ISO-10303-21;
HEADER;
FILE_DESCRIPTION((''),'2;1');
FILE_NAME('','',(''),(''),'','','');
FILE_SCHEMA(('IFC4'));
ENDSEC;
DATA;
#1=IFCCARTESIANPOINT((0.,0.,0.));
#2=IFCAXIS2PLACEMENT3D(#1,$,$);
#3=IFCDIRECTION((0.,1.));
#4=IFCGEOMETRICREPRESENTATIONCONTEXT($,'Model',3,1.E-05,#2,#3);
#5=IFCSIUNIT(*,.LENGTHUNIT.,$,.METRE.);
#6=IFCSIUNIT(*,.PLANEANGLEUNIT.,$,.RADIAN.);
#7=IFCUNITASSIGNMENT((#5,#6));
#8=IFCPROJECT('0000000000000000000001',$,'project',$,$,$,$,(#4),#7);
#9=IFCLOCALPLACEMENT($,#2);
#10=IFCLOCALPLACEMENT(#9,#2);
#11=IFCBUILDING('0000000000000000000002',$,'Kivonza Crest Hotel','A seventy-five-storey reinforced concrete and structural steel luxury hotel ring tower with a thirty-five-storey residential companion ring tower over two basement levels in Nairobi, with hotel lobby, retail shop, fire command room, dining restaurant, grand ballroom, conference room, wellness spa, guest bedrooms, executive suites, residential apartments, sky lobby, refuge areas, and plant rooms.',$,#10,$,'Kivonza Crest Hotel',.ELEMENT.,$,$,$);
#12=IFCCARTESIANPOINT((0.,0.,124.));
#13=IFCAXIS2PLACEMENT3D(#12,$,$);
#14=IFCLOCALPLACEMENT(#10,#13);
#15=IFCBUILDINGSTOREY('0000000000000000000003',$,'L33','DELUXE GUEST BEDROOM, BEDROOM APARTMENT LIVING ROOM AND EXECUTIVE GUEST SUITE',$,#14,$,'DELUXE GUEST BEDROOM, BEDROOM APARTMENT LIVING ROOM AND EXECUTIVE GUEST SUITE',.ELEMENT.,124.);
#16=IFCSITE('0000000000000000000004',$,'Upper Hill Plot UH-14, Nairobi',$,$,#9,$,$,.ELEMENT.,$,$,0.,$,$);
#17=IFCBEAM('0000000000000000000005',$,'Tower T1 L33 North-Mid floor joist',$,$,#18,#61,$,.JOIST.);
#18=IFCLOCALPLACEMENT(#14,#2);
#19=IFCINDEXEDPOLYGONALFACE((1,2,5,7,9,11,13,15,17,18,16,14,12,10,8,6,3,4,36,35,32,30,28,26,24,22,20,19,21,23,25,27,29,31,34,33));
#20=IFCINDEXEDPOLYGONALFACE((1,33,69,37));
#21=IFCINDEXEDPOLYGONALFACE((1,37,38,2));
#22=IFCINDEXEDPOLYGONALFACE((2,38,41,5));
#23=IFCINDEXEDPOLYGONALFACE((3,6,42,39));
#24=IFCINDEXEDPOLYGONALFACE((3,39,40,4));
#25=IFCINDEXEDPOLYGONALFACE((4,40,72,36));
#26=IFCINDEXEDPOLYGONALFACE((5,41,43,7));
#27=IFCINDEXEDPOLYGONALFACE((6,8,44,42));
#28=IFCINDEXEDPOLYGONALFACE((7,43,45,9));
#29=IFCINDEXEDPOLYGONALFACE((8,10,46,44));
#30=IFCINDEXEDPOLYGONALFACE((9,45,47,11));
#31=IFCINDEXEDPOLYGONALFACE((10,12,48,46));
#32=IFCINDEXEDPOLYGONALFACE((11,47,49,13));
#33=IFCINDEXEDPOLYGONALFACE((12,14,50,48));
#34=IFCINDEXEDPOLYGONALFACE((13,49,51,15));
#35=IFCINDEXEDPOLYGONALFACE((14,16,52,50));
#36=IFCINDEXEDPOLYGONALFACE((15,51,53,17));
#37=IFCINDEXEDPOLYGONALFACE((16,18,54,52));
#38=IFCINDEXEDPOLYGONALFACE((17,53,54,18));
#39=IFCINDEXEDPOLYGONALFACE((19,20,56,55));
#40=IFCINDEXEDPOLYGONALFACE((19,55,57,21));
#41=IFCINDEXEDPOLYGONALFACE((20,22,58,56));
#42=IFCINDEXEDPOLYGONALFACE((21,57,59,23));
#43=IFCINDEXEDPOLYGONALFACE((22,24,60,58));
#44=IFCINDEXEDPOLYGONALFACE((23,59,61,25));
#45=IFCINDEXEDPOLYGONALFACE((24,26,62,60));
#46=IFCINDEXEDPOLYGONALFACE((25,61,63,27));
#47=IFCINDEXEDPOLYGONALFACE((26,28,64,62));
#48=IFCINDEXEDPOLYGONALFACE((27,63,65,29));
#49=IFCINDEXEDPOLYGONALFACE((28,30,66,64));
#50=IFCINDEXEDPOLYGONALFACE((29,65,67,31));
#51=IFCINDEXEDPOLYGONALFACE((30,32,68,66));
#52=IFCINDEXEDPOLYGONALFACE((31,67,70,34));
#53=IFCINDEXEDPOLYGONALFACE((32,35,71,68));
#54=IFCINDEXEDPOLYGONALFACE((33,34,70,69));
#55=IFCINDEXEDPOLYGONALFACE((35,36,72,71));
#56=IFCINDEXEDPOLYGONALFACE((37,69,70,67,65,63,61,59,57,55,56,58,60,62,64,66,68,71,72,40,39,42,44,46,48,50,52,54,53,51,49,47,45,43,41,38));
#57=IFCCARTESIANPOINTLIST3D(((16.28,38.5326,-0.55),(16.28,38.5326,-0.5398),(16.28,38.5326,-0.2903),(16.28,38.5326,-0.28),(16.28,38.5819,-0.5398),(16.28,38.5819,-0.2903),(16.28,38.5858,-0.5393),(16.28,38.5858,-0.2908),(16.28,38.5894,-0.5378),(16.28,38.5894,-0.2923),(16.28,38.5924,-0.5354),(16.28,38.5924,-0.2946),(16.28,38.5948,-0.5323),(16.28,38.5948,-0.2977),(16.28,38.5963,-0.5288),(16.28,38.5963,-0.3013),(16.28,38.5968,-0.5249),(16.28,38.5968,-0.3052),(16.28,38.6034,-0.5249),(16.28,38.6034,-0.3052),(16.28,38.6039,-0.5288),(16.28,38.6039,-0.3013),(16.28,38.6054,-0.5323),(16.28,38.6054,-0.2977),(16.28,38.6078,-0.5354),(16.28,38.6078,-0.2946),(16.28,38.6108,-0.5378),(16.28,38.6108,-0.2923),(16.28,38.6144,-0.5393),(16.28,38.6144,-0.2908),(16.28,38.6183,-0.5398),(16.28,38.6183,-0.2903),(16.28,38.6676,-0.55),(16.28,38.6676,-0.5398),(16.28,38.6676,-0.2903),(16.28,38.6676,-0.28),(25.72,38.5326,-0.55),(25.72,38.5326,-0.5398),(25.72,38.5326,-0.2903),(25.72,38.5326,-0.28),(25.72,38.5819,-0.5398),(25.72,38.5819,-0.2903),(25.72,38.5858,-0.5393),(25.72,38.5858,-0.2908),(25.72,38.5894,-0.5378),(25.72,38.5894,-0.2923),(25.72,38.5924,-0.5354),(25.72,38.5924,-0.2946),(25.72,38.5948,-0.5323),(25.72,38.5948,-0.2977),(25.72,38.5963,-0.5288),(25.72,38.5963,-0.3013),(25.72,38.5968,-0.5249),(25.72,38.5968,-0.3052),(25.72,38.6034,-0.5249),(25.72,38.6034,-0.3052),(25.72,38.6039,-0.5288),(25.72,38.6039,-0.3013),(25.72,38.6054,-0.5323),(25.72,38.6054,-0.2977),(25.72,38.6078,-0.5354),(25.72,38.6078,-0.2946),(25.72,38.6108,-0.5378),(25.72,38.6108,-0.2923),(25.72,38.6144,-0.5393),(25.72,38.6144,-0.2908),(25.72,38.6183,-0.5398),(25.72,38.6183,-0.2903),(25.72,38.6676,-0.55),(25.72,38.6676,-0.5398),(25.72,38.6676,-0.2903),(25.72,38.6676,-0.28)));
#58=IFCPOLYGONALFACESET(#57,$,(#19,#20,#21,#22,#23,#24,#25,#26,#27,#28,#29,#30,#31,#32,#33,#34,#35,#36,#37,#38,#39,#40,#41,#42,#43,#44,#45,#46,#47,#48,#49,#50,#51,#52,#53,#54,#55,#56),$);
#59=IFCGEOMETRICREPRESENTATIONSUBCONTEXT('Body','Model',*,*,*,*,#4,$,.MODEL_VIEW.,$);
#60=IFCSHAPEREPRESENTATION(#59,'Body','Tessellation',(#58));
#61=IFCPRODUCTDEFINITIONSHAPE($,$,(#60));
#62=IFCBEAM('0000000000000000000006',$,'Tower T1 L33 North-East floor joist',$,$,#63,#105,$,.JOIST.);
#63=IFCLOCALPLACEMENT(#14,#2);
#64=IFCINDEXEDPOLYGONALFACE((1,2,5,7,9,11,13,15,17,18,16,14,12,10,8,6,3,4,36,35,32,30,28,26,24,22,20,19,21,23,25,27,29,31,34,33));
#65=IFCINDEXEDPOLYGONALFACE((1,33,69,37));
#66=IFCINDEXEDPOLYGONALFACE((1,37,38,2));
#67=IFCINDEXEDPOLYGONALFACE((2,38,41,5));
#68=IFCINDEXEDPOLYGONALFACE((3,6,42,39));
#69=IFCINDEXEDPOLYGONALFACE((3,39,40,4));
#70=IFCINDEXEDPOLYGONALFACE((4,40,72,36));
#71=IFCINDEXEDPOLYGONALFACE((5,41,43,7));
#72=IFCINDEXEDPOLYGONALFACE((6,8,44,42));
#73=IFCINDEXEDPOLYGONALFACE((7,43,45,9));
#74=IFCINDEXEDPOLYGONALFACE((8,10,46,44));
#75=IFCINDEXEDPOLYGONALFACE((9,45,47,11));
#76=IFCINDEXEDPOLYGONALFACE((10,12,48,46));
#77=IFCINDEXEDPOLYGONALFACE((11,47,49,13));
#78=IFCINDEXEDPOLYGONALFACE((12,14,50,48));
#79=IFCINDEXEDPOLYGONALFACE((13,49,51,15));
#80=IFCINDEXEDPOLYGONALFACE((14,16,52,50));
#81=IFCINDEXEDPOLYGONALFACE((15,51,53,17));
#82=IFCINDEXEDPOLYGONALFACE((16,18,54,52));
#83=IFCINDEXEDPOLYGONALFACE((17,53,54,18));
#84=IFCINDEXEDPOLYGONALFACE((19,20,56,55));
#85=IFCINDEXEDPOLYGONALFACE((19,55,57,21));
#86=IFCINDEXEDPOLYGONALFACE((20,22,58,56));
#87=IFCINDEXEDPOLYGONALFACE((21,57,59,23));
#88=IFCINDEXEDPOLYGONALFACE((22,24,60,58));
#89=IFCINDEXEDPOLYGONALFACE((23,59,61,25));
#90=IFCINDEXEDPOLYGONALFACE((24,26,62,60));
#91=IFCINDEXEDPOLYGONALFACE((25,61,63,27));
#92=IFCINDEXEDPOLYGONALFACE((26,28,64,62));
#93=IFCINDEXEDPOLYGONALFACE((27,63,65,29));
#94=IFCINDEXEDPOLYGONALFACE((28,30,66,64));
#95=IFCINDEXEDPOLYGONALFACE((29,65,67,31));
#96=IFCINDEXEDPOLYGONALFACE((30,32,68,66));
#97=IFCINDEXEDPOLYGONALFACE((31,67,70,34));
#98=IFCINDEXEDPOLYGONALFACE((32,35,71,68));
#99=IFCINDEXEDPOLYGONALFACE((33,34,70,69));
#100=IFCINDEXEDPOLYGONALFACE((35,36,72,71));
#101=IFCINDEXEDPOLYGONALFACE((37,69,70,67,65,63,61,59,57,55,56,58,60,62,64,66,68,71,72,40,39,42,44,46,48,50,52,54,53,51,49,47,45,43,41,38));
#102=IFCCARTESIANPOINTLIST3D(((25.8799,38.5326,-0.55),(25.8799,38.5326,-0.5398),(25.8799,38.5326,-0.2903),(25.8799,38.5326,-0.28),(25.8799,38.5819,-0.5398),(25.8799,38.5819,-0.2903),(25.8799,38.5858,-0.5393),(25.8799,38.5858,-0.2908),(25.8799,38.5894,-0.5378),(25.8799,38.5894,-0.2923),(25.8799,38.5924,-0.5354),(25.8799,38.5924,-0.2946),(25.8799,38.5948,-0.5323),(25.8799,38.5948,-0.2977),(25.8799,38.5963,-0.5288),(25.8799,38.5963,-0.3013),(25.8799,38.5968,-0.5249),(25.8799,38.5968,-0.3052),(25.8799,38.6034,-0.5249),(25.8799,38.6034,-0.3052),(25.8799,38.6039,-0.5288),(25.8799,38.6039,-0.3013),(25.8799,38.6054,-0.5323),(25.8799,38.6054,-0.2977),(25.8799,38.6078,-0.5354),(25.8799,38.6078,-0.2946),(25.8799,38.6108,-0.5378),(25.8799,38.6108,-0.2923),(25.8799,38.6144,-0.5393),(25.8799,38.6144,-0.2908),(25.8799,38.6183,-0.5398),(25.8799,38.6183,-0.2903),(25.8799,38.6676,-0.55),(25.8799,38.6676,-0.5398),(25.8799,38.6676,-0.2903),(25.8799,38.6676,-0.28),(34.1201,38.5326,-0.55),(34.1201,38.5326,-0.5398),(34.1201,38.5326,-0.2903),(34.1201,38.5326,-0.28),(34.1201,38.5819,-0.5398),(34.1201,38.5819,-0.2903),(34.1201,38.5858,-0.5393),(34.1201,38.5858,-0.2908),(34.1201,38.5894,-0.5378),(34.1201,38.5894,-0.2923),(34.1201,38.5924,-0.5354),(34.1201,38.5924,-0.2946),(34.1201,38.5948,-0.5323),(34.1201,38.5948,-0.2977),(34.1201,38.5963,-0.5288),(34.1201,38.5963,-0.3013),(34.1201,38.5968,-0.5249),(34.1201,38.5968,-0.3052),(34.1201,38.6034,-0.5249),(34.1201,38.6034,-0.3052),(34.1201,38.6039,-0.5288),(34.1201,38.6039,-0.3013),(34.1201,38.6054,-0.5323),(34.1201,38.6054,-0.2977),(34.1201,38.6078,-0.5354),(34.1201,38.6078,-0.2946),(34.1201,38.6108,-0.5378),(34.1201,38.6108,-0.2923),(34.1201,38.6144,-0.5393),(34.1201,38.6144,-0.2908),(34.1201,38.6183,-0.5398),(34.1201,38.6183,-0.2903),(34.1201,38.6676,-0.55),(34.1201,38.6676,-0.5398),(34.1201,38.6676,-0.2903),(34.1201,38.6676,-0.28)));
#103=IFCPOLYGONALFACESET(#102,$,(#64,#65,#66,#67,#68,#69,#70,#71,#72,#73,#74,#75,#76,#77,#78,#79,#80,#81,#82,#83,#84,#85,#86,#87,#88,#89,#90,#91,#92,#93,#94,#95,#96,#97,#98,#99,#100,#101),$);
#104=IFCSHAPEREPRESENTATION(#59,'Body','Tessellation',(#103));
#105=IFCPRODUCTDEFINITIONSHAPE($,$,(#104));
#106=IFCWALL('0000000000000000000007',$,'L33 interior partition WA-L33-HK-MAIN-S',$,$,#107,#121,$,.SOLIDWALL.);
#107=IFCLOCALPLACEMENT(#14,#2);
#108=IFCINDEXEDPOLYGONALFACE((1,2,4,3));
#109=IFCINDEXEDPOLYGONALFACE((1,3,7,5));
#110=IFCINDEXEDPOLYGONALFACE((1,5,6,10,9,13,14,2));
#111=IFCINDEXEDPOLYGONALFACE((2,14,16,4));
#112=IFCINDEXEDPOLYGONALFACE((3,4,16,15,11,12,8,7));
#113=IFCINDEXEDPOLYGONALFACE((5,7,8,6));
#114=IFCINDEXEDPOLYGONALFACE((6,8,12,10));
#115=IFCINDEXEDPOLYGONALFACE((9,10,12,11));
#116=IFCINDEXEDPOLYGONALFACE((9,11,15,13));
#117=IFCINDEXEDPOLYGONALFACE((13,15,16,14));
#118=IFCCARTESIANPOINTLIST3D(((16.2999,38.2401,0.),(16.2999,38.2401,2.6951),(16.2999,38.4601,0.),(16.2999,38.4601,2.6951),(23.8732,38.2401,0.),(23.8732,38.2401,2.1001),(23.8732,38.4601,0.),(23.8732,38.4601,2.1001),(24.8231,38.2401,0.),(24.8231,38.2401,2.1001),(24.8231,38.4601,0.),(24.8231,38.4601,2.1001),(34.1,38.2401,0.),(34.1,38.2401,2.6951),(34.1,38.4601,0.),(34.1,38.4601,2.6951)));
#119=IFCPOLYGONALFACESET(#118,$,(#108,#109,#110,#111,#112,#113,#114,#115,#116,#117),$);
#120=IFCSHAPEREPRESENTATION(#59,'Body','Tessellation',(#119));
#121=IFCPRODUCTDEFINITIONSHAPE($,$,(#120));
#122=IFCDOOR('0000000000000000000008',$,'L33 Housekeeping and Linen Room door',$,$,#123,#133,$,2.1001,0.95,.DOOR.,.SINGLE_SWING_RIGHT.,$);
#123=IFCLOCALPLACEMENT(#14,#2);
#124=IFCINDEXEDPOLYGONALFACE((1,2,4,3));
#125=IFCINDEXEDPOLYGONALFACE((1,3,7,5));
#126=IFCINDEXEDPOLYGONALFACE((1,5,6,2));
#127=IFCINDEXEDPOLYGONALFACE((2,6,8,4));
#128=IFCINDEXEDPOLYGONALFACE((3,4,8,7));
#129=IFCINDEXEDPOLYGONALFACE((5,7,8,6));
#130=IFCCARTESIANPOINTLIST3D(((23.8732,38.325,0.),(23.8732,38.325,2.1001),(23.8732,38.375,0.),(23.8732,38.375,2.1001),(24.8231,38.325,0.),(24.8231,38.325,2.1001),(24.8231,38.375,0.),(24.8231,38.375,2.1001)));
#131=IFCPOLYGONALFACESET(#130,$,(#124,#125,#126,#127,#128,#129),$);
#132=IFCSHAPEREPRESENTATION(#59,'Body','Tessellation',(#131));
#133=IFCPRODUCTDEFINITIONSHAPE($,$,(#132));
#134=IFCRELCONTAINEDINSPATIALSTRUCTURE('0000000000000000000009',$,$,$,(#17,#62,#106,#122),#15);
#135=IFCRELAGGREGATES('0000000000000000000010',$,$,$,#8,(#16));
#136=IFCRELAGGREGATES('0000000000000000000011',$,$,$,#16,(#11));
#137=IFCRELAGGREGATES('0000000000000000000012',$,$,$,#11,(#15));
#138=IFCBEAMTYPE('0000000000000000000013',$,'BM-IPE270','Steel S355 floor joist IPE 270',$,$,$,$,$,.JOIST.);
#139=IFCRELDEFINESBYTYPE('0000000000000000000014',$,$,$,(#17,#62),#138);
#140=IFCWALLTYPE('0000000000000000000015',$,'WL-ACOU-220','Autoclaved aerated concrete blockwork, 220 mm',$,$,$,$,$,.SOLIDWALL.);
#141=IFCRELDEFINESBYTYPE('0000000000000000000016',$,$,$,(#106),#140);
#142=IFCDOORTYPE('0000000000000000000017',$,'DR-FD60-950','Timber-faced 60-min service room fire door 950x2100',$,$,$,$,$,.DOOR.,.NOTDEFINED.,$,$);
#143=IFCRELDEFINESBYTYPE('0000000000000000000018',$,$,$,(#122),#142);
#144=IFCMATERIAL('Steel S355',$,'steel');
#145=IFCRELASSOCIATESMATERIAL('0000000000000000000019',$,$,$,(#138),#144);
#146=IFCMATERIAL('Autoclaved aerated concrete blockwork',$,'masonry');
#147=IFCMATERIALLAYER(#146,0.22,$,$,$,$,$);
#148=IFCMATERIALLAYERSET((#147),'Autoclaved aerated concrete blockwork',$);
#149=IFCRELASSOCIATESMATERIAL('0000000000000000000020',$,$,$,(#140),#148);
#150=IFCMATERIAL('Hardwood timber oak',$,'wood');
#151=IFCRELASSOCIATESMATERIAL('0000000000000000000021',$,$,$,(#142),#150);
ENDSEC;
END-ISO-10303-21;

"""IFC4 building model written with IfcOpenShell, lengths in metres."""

from ifc_helpers import new_model, si_unit, direction, frame, frame_2d, origin, origin_2d, place, context, subcontext, project, spatial, rectangle, i_section, extrude, material, layer, layer_set, material_profile, profile_set, type_object, element, fill, save


model = new_model("IFC4")

# Units and contexts
model_context = context("Model", 3, precision=1e-05, world=origin(), true_north=direction((0.0, 1.0)))
body_context = subcontext(model_context, "Body", "Model", "MODEL_VIEW")
ifc_project = project(units=[si_unit("LENGTHUNIT", "METRE"), si_unit("PLANEANGLEUNIT", "RADIAN")], contexts=[model_context])

# Site, building, storey
site_placement = place(None, origin())
site = spatial("IfcSite", under=ifc_project, at=site_placement, Name="Upper Hill Plot UH-14, Nairobi", CompositionType="ELEMENT", RefElevation=0.0)
building_placement = place(site_placement, origin())
building = spatial("IfcBuilding", under=site, at=building_placement, Name="Kivonza Crest Hotel", Description="A seventy-five-storey reinforced concrete and structural steel luxury hotel ring tower with a thirty-five-storey residential companion ring tower over two basement levels in Nairobi, with hotel lobby, retail shop, fire command room, dining restaurant, grand ballroom, conference room, wellness spa, guest bedrooms, executive suites, residential apartments, sky lobby, refuge areas, and plant rooms.", LongName="Kivonza Crest Hotel", CompositionType="ELEMENT")
storey_placement = place(building_placement, frame((0.0, 0.0, 124.0)))
storey = spatial("IfcBuildingStorey", under=building, at=storey_placement, Name="L33", Description="DELUXE GUEST BEDROOM, BEDROOM APARTMENT LIVING ROOM AND EXECUTIVE GUEST SUITE", LongName="DELUXE GUEST BEDROOM, BEDROOM APARTMENT LIVING ROOM AND EXECUTIVE GUEST SUITE", CompositionType="ELEMENT", Elevation=124.0)

# Beams
ifc_material_1 = material(Name="Steel S355", Category="steel")
ifc_material_profile_1 = material_profile(ifc_material_1, i_section(OverallWidth=0.135, OverallDepth=0.27, WebThickness=0.0066, FlangeThickness=0.0103, FilletRadius=0.0149, at=origin_2d()), Name="IPE 270")
ifc_profile_set_1 = profile_set([ifc_material_profile_1], Name="Steel S355")
beam_type_1 = type_object("IfcBeamType", Name="BM-IPE270", Description="Steel S355 floor joist IPE 270", PredefinedType="JOIST", material=ifc_profile_set_1)
beam_1_placement = place(storey_placement, frame((16.28, 38.6001, -0.415), z_axis=(1.0, 0.0, 0.0), x_axis=(0.0, 1.0, 0.0)))
element("IfcBeam", 1, at=beam_1_placement, inside=storey, type_object=beam_type_1, Name="Tower T1 L33 North-Mid floor joist", PredefinedType="JOIST", context=body_context, shape_type="SweptSolid", body=[
    extrude(i_section(OverallWidth=0.135, OverallDepth=0.27, WebThickness=0.0066, FlangeThickness=0.0103, FilletRadius=0.0149, at=origin_2d()), origin(), (0.0, 0.0, 1.0), 9.4399),
])
beam_2_placement = place(storey_placement, frame((25.8799, 38.6001, -0.415), z_axis=(1.0, 0.0, 0.0), x_axis=(0.0, 1.0, 0.0)))
element("IfcBeam", 2, at=beam_2_placement, inside=storey, type_object=beam_type_1, Name="Tower T1 L33 North-East floor joist", PredefinedType="JOIST", context=body_context, shape_type="SweptSolid", body=[
    extrude(i_section(OverallWidth=0.135, OverallDepth=0.27, WebThickness=0.0066, FlangeThickness=0.0103, FilletRadius=0.0149, at=origin_2d()), origin(), (0.0, 0.0, 1.0), 8.2402),
])

# Wall, opening, door
ifc_material_2 = material(Name="Autoclaved aerated concrete blockwork", Category="masonry")
ifc_layer_1 = layer(ifc_material_2, 0.22)
ifc_layer_set_1 = layer_set([ifc_layer_1], Name="Autoclaved aerated concrete blockwork")
wall_type_1 = type_object("IfcWallType", Name="WL-ACOU-220", Description="Autoclaved aerated concrete blockwork, 220 mm", PredefinedType="SOLIDWALL", material=ifc_layer_set_1)
wall_1_placement = place(storey_placement, frame((16.3, 38.3501, 0.0), z_axis=(0.0, 0.0, 1.0), x_axis=(1.0, 0.0, 0.0)))
wall_1 = element("IfcWall", 3, at=wall_1_placement, inside=storey, type_object=wall_type_1, Name="L33 interior partition WA-L33-HK-MAIN-S", PredefinedType="SOLIDWALL", context=body_context, shape_type="SweptSolid", body=[
    extrude(rectangle(XDim=17.8, YDim=0.22, at=frame_2d((8.8999, 0.0))), origin(), (0.0, 0.0, 1.0), 2.6951),
])
opening_1_placement = place(wall_1_placement, frame((7.573, 0.0, 0.0)))
opening_1 = element("IfcOpeningElement", 4, at=opening_1_placement, cuts=wall_1, PredefinedType="OPENING", context=body_context, shape_type="SweptSolid", body=[
    extrude(rectangle(XDim=0.95, YDim=2.1001, at=frame_2d((0.4751, 1.05))), frame((0.0, 0.1201, 0.0), z_axis=(0.0, -1.0, 0.0), x_axis=(1.0, 0.0, 0.0)), (0.0, 0.0, 1.0), 0.24),
])
ifc_material_3 = material(Name="Hardwood timber oak", Category="wood")
door_type_1 = type_object("IfcDoorType", Name="DR-FD60-950", Description="Timber-faced 60-min service room fire door 950x2100", OperationType="NOTDEFINED", PredefinedType="DOOR", material=ifc_material_3)
door_1_placement = place(opening_1_placement, origin())
door_1 = element("IfcDoor", 5, at=door_1_placement, inside=storey, type_object=door_type_1, Name="L33 Housekeeping and Linen Room door", OperationType="SINGLE_SWING_RIGHT", OverallHeight=2.1001, OverallWidth=0.95, PredefinedType="DOOR", context=body_context, shape_type="SweptSolid", body=[
    extrude(rectangle(XDim=0.95, YDim=2.1001, at=frame_2d((0.4751, 1.05))), frame((0.0, 0.0249, 0.0), z_axis=(0.0, -1.0, 0.0), x_axis=(1.0, 0.0, 0.0)), (0.0, 0.0, 1.0), 0.05),
])
fill(opening_1, door_1)

save(model, "model.ifc")
